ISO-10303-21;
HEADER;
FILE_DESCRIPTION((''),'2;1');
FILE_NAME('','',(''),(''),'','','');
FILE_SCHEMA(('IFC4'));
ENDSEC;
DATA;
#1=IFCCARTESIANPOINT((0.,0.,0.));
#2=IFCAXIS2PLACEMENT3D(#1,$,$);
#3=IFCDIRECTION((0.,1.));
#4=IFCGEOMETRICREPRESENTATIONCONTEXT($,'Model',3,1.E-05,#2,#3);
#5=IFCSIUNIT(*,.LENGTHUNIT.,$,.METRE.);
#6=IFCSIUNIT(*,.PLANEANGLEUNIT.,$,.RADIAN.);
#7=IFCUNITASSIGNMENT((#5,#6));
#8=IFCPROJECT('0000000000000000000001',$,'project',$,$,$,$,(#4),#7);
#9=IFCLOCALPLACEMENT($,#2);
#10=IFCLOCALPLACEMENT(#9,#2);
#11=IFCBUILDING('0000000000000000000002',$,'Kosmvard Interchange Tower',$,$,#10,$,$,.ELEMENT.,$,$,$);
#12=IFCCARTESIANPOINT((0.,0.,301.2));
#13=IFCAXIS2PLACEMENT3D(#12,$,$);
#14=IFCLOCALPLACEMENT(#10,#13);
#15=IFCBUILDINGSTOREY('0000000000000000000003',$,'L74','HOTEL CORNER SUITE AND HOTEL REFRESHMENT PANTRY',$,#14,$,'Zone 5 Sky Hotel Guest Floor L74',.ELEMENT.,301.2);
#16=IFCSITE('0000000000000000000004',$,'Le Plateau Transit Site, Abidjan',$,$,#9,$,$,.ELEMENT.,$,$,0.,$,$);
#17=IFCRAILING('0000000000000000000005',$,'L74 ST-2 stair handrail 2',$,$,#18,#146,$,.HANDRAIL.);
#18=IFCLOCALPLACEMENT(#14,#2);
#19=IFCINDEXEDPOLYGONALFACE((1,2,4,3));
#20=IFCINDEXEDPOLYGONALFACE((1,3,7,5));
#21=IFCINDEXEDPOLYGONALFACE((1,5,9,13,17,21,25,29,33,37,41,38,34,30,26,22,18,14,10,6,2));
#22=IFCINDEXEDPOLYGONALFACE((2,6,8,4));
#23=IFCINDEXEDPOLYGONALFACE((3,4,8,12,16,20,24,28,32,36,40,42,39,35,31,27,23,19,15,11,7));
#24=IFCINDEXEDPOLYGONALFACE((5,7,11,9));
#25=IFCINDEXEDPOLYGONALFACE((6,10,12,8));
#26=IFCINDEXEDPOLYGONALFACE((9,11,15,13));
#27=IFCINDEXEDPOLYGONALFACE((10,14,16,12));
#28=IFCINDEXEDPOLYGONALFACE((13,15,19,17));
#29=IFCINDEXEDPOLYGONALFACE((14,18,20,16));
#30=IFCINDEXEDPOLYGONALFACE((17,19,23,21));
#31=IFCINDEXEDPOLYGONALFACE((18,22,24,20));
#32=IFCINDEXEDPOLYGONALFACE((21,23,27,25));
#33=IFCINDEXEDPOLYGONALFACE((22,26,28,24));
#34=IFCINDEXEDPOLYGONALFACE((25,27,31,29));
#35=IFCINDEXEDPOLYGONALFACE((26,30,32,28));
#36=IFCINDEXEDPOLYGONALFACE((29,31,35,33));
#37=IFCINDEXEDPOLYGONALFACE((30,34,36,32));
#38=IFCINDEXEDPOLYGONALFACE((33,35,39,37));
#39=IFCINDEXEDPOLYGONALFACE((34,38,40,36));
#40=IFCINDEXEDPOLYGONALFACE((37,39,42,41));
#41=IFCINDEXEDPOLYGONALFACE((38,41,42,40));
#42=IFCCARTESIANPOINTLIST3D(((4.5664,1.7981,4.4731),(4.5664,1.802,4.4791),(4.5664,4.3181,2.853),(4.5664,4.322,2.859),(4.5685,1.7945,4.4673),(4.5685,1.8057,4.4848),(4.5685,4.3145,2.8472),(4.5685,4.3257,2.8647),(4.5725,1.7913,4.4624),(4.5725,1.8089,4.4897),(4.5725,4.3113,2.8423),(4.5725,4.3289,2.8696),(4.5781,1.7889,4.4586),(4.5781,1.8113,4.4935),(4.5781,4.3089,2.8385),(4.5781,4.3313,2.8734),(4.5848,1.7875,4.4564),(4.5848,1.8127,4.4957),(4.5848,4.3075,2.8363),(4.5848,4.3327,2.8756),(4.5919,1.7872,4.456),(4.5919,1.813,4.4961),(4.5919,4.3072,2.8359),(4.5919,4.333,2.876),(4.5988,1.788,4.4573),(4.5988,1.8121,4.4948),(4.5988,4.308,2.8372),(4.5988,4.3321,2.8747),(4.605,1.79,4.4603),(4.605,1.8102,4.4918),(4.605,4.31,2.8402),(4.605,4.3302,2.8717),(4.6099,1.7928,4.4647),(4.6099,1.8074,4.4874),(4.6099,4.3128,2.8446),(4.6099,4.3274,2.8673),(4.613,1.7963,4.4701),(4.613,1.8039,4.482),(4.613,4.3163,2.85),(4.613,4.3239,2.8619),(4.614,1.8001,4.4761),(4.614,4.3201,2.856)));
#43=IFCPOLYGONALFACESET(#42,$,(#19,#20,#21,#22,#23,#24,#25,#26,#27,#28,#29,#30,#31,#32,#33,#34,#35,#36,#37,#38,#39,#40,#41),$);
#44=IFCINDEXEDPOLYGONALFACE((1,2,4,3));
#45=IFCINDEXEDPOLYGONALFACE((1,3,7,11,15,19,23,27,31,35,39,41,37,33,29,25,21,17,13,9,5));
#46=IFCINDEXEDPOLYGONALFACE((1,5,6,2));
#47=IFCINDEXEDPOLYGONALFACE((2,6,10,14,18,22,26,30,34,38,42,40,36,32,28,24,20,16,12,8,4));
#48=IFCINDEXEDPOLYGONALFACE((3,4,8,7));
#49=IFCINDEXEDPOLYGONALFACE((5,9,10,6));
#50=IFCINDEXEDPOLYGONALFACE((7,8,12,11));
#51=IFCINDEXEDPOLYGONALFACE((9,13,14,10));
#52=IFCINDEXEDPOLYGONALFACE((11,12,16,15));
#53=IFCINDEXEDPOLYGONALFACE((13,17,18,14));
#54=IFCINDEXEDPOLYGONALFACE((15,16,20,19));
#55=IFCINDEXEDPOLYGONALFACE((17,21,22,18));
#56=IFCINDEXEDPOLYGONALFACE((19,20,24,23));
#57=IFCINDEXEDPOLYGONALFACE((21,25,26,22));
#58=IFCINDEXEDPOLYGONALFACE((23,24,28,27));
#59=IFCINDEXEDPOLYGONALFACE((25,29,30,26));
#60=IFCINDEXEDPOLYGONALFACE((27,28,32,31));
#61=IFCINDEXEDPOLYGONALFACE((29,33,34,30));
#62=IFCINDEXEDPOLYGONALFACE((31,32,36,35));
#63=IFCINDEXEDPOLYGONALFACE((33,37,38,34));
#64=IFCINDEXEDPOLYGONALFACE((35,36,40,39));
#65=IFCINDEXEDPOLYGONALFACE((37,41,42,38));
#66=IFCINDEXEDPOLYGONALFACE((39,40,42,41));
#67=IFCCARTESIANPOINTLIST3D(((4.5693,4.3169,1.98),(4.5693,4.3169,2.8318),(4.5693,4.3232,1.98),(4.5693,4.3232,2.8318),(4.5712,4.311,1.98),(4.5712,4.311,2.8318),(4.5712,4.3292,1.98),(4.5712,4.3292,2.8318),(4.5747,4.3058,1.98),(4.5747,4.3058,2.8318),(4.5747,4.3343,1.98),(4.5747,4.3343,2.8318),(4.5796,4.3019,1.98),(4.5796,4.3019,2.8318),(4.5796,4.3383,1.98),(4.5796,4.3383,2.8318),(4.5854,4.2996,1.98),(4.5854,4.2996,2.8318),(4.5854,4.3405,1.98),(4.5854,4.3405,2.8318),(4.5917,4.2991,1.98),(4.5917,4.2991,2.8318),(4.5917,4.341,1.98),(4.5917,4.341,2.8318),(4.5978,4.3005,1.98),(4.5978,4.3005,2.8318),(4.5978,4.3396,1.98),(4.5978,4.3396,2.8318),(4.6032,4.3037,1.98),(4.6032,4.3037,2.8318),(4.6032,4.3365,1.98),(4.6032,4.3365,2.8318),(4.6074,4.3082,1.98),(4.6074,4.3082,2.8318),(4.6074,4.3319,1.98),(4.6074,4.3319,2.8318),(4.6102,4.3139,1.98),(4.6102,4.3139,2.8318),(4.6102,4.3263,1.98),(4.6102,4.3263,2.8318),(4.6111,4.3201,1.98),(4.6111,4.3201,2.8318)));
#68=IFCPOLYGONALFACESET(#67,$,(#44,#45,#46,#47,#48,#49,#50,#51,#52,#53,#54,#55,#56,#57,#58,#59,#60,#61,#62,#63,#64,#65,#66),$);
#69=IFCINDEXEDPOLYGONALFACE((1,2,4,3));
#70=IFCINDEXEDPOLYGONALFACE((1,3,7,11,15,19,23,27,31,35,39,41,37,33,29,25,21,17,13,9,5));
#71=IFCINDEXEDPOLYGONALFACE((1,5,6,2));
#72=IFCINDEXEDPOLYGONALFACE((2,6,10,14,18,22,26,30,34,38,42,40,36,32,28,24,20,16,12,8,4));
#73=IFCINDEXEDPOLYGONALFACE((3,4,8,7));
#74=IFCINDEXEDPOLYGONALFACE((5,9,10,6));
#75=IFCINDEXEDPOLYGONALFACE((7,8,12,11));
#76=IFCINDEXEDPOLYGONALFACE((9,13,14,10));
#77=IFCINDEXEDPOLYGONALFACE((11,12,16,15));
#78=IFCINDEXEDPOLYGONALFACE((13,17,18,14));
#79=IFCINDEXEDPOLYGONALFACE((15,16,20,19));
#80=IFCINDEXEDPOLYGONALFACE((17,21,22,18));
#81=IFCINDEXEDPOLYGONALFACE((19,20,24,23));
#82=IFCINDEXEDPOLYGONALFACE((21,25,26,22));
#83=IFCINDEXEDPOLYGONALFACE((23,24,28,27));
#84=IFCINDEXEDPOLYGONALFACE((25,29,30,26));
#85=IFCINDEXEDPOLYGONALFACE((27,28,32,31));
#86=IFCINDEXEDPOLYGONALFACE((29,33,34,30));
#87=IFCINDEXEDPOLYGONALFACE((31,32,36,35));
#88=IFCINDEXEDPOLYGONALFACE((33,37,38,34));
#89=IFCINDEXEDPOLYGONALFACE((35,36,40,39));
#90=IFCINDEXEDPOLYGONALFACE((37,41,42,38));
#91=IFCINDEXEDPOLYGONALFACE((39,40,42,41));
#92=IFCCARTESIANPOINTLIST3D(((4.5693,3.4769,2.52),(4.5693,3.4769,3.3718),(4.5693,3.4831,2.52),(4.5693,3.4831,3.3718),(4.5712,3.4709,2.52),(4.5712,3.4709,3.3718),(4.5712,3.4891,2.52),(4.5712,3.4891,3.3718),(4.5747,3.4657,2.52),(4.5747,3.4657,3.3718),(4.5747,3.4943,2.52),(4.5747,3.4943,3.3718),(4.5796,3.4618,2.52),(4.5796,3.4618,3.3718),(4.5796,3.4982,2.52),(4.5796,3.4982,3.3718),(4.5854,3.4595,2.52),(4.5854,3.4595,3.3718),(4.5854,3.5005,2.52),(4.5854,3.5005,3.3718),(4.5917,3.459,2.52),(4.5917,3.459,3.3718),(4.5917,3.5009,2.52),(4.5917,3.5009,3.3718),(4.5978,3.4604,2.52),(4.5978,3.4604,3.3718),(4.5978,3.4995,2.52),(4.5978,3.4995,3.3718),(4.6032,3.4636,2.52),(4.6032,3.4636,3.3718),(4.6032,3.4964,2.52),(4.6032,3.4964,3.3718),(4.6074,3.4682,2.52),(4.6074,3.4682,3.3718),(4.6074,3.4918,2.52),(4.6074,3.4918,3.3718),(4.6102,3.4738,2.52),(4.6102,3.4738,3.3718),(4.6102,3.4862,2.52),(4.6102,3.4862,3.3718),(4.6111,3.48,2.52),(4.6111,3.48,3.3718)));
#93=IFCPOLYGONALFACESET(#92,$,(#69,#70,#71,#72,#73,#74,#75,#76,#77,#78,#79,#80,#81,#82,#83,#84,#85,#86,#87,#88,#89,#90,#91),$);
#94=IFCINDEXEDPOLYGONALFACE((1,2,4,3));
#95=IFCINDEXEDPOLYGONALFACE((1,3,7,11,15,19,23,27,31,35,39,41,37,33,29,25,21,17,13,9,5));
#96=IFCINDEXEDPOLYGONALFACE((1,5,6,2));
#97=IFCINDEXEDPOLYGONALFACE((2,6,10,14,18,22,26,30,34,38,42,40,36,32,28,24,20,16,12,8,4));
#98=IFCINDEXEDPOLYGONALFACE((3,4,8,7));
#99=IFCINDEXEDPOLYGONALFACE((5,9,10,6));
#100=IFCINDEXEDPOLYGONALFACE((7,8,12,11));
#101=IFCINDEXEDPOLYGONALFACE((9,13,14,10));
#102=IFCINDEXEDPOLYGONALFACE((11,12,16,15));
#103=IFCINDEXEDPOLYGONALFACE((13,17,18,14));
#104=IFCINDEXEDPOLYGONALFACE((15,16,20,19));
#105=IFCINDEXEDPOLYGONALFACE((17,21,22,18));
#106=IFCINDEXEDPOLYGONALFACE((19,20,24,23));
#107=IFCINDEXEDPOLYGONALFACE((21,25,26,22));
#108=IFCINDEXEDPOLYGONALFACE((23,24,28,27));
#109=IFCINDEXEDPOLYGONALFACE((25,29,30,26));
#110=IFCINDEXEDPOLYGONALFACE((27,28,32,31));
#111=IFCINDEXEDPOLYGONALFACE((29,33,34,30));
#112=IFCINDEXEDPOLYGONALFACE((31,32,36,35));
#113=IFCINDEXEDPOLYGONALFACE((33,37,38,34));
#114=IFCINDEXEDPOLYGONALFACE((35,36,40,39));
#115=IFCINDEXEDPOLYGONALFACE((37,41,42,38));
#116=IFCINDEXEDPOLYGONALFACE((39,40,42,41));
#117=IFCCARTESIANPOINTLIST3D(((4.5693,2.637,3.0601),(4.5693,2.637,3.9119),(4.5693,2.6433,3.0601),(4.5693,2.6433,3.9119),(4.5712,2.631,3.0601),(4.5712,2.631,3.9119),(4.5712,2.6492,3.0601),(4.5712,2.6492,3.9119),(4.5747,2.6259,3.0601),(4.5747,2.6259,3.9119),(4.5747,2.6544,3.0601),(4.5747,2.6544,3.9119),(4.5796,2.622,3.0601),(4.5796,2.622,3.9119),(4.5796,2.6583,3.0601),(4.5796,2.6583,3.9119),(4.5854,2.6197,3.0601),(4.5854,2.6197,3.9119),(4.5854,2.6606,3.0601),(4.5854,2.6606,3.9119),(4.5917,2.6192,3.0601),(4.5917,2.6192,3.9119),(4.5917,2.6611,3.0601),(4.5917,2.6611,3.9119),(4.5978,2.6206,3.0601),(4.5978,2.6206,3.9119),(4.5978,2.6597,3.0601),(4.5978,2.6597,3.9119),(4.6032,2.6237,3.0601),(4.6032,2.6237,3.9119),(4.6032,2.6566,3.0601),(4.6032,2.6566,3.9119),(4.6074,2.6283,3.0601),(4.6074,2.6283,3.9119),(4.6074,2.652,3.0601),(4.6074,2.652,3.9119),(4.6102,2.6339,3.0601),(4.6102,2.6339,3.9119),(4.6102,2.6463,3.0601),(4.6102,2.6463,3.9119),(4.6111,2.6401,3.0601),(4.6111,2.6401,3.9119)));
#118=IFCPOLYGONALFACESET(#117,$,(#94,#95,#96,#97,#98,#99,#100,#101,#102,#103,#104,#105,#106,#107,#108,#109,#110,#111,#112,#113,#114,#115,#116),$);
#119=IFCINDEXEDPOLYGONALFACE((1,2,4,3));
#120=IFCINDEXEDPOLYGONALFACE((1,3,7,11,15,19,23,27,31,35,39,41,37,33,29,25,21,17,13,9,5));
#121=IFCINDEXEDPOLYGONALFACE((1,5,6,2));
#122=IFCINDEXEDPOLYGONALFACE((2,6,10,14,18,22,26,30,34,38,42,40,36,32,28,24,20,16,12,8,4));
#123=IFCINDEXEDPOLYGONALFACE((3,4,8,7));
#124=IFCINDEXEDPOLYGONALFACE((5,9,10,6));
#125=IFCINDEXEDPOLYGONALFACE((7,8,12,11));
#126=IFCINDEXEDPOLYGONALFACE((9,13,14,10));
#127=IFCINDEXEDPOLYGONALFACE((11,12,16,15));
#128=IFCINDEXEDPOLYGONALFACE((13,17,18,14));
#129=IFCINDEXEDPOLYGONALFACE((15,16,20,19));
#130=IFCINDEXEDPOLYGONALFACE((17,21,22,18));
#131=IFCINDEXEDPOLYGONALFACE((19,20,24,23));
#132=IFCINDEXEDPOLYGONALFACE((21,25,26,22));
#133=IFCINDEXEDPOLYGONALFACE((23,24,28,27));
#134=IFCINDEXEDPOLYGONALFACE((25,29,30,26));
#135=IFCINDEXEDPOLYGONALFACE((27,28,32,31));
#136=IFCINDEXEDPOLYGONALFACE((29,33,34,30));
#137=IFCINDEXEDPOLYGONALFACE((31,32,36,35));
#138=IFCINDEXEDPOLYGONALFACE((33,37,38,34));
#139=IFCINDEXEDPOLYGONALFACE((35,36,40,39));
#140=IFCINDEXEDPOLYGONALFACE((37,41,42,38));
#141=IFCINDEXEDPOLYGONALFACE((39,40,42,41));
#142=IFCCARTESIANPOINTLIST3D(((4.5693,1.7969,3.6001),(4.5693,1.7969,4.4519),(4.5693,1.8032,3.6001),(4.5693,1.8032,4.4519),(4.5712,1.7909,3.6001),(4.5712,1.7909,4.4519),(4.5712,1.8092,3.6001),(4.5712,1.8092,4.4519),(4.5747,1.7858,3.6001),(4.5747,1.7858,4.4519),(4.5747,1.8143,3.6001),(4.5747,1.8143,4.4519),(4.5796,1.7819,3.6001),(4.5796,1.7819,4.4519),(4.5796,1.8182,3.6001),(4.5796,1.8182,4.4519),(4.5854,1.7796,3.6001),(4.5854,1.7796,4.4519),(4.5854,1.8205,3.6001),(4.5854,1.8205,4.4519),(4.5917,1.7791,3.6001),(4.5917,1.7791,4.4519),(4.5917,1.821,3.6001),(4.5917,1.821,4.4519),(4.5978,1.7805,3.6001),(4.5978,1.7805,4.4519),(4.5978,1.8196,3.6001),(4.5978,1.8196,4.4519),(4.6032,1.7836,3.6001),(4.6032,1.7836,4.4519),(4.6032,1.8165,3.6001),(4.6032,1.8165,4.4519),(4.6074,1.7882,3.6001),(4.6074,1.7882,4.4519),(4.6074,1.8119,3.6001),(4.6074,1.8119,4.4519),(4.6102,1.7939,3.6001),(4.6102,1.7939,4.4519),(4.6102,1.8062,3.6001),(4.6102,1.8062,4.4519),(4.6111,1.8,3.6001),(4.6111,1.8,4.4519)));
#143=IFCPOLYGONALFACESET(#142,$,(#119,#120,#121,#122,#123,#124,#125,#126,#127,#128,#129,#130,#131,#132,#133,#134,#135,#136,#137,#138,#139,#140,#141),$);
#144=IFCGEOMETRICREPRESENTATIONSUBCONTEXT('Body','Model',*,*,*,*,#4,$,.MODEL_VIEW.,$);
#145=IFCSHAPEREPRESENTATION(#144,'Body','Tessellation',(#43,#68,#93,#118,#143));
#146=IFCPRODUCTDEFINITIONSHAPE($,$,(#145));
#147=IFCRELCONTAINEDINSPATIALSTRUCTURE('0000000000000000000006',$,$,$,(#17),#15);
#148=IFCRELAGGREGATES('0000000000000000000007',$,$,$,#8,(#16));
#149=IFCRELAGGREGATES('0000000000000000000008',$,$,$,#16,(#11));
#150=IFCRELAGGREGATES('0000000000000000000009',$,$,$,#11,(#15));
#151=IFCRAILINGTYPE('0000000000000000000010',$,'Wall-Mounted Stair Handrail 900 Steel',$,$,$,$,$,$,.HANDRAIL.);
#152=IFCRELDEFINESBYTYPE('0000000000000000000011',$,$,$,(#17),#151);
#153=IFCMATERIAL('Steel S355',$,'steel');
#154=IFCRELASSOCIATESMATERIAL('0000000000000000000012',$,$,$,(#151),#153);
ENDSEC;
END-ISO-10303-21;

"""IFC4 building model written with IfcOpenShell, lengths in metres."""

from ifc_helpers import new_model, si_unit, direction, frame, origin, origin_2d, place, context, subcontext, project, spatial, circle, extrude, source, transform, mapped, material, type_object, element, save


model = new_model("IFC4")

# Units and contexts
model_context = context("Model", 3, precision=1e-05, world=origin(), true_north=direction((0.0, 1.0)))
body_context = subcontext(model_context, "Body", "Model", "MODEL_VIEW")
ifc_project = project(units=[si_unit("LENGTHUNIT", "METRE"), si_unit("PLANEANGLEUNIT", "RADIAN")], contexts=[model_context])

# Site, building, storey
site_placement = place(None, origin())
site = spatial("IfcSite", under=ifc_project, at=site_placement, Name="Le Plateau Transit Site, Abidjan", CompositionType="ELEMENT", RefElevation=0.0)
building_placement = place(site_placement, origin())
building = spatial("IfcBuilding", under=site, at=building_placement, Name="Kosmvard Interchange Tower", CompositionType="ELEMENT")
storey_placement = place(building_placement, frame((0.0, 0.0, 301.2)))
storey = spatial("IfcBuildingStorey", under=building, at=storey_placement, Name="L74", Description="HOTEL CORNER SUITE AND HOTEL REFRESHMENT PANTRY", LongName="Zone 5 Sky Hotel Guest Floor L74", CompositionType="ELEMENT", Elevation=301.2)

# Shared definitions
ifc_material_1 = material(Name="Steel S355", Category="steel")

# Railing
railing_type_1 = type_object("IfcRailingType", Name="Wall-Mounted Stair Handrail 900 Steel", PredefinedType="HANDRAIL", material=ifc_material_1)
shared_shape_1 = source(origin(), body_context, "Body", "SweptSolid", [
    extrude(circle(Radius=0.0239, at=origin_2d()), frame((0.0, 0.0, 0.876), z_axis=(0.0, -0.841163, 0.540782), x_axis=(1.0, 0.0, 0.0)), (0.0, 0.0, 1.0), 2.9958),
    extrude(circle(Radius=0.021, at=origin_2d()), origin(), (0.0, 0.0, 1.0), 0.8518),
    extrude(circle(Radius=0.021, at=origin_2d()), frame((0.0, -0.8401, 0.54)), (0.0, 0.0, 1.0), 0.8518),
    extrude(circle(Radius=0.021, at=origin_2d()), frame((0.0, -1.6799, 1.0801)), (0.0, 0.0, 1.0), 0.8518),
    extrude(circle(Radius=0.021, at=origin_2d()), frame((0.0, -2.52, 1.6201)), (0.0, 0.0, 1.0), 0.8518),
])
railing_1_placement = place(storey_placement, frame((4.5901, 4.3201, 1.98)))
element("IfcRailing", 1, at=railing_1_placement, inside=storey, type_object=railing_type_1, Name="L74 ST-2 stair handrail 2", PredefinedType="HANDRAIL", context=body_context, shape_type="MappedRepresentation", body=[
    mapped(shared_shape_1, transform((0.0, 0.0, 0.0), scale=1.0)),
])

save(model, "model.ifc")
